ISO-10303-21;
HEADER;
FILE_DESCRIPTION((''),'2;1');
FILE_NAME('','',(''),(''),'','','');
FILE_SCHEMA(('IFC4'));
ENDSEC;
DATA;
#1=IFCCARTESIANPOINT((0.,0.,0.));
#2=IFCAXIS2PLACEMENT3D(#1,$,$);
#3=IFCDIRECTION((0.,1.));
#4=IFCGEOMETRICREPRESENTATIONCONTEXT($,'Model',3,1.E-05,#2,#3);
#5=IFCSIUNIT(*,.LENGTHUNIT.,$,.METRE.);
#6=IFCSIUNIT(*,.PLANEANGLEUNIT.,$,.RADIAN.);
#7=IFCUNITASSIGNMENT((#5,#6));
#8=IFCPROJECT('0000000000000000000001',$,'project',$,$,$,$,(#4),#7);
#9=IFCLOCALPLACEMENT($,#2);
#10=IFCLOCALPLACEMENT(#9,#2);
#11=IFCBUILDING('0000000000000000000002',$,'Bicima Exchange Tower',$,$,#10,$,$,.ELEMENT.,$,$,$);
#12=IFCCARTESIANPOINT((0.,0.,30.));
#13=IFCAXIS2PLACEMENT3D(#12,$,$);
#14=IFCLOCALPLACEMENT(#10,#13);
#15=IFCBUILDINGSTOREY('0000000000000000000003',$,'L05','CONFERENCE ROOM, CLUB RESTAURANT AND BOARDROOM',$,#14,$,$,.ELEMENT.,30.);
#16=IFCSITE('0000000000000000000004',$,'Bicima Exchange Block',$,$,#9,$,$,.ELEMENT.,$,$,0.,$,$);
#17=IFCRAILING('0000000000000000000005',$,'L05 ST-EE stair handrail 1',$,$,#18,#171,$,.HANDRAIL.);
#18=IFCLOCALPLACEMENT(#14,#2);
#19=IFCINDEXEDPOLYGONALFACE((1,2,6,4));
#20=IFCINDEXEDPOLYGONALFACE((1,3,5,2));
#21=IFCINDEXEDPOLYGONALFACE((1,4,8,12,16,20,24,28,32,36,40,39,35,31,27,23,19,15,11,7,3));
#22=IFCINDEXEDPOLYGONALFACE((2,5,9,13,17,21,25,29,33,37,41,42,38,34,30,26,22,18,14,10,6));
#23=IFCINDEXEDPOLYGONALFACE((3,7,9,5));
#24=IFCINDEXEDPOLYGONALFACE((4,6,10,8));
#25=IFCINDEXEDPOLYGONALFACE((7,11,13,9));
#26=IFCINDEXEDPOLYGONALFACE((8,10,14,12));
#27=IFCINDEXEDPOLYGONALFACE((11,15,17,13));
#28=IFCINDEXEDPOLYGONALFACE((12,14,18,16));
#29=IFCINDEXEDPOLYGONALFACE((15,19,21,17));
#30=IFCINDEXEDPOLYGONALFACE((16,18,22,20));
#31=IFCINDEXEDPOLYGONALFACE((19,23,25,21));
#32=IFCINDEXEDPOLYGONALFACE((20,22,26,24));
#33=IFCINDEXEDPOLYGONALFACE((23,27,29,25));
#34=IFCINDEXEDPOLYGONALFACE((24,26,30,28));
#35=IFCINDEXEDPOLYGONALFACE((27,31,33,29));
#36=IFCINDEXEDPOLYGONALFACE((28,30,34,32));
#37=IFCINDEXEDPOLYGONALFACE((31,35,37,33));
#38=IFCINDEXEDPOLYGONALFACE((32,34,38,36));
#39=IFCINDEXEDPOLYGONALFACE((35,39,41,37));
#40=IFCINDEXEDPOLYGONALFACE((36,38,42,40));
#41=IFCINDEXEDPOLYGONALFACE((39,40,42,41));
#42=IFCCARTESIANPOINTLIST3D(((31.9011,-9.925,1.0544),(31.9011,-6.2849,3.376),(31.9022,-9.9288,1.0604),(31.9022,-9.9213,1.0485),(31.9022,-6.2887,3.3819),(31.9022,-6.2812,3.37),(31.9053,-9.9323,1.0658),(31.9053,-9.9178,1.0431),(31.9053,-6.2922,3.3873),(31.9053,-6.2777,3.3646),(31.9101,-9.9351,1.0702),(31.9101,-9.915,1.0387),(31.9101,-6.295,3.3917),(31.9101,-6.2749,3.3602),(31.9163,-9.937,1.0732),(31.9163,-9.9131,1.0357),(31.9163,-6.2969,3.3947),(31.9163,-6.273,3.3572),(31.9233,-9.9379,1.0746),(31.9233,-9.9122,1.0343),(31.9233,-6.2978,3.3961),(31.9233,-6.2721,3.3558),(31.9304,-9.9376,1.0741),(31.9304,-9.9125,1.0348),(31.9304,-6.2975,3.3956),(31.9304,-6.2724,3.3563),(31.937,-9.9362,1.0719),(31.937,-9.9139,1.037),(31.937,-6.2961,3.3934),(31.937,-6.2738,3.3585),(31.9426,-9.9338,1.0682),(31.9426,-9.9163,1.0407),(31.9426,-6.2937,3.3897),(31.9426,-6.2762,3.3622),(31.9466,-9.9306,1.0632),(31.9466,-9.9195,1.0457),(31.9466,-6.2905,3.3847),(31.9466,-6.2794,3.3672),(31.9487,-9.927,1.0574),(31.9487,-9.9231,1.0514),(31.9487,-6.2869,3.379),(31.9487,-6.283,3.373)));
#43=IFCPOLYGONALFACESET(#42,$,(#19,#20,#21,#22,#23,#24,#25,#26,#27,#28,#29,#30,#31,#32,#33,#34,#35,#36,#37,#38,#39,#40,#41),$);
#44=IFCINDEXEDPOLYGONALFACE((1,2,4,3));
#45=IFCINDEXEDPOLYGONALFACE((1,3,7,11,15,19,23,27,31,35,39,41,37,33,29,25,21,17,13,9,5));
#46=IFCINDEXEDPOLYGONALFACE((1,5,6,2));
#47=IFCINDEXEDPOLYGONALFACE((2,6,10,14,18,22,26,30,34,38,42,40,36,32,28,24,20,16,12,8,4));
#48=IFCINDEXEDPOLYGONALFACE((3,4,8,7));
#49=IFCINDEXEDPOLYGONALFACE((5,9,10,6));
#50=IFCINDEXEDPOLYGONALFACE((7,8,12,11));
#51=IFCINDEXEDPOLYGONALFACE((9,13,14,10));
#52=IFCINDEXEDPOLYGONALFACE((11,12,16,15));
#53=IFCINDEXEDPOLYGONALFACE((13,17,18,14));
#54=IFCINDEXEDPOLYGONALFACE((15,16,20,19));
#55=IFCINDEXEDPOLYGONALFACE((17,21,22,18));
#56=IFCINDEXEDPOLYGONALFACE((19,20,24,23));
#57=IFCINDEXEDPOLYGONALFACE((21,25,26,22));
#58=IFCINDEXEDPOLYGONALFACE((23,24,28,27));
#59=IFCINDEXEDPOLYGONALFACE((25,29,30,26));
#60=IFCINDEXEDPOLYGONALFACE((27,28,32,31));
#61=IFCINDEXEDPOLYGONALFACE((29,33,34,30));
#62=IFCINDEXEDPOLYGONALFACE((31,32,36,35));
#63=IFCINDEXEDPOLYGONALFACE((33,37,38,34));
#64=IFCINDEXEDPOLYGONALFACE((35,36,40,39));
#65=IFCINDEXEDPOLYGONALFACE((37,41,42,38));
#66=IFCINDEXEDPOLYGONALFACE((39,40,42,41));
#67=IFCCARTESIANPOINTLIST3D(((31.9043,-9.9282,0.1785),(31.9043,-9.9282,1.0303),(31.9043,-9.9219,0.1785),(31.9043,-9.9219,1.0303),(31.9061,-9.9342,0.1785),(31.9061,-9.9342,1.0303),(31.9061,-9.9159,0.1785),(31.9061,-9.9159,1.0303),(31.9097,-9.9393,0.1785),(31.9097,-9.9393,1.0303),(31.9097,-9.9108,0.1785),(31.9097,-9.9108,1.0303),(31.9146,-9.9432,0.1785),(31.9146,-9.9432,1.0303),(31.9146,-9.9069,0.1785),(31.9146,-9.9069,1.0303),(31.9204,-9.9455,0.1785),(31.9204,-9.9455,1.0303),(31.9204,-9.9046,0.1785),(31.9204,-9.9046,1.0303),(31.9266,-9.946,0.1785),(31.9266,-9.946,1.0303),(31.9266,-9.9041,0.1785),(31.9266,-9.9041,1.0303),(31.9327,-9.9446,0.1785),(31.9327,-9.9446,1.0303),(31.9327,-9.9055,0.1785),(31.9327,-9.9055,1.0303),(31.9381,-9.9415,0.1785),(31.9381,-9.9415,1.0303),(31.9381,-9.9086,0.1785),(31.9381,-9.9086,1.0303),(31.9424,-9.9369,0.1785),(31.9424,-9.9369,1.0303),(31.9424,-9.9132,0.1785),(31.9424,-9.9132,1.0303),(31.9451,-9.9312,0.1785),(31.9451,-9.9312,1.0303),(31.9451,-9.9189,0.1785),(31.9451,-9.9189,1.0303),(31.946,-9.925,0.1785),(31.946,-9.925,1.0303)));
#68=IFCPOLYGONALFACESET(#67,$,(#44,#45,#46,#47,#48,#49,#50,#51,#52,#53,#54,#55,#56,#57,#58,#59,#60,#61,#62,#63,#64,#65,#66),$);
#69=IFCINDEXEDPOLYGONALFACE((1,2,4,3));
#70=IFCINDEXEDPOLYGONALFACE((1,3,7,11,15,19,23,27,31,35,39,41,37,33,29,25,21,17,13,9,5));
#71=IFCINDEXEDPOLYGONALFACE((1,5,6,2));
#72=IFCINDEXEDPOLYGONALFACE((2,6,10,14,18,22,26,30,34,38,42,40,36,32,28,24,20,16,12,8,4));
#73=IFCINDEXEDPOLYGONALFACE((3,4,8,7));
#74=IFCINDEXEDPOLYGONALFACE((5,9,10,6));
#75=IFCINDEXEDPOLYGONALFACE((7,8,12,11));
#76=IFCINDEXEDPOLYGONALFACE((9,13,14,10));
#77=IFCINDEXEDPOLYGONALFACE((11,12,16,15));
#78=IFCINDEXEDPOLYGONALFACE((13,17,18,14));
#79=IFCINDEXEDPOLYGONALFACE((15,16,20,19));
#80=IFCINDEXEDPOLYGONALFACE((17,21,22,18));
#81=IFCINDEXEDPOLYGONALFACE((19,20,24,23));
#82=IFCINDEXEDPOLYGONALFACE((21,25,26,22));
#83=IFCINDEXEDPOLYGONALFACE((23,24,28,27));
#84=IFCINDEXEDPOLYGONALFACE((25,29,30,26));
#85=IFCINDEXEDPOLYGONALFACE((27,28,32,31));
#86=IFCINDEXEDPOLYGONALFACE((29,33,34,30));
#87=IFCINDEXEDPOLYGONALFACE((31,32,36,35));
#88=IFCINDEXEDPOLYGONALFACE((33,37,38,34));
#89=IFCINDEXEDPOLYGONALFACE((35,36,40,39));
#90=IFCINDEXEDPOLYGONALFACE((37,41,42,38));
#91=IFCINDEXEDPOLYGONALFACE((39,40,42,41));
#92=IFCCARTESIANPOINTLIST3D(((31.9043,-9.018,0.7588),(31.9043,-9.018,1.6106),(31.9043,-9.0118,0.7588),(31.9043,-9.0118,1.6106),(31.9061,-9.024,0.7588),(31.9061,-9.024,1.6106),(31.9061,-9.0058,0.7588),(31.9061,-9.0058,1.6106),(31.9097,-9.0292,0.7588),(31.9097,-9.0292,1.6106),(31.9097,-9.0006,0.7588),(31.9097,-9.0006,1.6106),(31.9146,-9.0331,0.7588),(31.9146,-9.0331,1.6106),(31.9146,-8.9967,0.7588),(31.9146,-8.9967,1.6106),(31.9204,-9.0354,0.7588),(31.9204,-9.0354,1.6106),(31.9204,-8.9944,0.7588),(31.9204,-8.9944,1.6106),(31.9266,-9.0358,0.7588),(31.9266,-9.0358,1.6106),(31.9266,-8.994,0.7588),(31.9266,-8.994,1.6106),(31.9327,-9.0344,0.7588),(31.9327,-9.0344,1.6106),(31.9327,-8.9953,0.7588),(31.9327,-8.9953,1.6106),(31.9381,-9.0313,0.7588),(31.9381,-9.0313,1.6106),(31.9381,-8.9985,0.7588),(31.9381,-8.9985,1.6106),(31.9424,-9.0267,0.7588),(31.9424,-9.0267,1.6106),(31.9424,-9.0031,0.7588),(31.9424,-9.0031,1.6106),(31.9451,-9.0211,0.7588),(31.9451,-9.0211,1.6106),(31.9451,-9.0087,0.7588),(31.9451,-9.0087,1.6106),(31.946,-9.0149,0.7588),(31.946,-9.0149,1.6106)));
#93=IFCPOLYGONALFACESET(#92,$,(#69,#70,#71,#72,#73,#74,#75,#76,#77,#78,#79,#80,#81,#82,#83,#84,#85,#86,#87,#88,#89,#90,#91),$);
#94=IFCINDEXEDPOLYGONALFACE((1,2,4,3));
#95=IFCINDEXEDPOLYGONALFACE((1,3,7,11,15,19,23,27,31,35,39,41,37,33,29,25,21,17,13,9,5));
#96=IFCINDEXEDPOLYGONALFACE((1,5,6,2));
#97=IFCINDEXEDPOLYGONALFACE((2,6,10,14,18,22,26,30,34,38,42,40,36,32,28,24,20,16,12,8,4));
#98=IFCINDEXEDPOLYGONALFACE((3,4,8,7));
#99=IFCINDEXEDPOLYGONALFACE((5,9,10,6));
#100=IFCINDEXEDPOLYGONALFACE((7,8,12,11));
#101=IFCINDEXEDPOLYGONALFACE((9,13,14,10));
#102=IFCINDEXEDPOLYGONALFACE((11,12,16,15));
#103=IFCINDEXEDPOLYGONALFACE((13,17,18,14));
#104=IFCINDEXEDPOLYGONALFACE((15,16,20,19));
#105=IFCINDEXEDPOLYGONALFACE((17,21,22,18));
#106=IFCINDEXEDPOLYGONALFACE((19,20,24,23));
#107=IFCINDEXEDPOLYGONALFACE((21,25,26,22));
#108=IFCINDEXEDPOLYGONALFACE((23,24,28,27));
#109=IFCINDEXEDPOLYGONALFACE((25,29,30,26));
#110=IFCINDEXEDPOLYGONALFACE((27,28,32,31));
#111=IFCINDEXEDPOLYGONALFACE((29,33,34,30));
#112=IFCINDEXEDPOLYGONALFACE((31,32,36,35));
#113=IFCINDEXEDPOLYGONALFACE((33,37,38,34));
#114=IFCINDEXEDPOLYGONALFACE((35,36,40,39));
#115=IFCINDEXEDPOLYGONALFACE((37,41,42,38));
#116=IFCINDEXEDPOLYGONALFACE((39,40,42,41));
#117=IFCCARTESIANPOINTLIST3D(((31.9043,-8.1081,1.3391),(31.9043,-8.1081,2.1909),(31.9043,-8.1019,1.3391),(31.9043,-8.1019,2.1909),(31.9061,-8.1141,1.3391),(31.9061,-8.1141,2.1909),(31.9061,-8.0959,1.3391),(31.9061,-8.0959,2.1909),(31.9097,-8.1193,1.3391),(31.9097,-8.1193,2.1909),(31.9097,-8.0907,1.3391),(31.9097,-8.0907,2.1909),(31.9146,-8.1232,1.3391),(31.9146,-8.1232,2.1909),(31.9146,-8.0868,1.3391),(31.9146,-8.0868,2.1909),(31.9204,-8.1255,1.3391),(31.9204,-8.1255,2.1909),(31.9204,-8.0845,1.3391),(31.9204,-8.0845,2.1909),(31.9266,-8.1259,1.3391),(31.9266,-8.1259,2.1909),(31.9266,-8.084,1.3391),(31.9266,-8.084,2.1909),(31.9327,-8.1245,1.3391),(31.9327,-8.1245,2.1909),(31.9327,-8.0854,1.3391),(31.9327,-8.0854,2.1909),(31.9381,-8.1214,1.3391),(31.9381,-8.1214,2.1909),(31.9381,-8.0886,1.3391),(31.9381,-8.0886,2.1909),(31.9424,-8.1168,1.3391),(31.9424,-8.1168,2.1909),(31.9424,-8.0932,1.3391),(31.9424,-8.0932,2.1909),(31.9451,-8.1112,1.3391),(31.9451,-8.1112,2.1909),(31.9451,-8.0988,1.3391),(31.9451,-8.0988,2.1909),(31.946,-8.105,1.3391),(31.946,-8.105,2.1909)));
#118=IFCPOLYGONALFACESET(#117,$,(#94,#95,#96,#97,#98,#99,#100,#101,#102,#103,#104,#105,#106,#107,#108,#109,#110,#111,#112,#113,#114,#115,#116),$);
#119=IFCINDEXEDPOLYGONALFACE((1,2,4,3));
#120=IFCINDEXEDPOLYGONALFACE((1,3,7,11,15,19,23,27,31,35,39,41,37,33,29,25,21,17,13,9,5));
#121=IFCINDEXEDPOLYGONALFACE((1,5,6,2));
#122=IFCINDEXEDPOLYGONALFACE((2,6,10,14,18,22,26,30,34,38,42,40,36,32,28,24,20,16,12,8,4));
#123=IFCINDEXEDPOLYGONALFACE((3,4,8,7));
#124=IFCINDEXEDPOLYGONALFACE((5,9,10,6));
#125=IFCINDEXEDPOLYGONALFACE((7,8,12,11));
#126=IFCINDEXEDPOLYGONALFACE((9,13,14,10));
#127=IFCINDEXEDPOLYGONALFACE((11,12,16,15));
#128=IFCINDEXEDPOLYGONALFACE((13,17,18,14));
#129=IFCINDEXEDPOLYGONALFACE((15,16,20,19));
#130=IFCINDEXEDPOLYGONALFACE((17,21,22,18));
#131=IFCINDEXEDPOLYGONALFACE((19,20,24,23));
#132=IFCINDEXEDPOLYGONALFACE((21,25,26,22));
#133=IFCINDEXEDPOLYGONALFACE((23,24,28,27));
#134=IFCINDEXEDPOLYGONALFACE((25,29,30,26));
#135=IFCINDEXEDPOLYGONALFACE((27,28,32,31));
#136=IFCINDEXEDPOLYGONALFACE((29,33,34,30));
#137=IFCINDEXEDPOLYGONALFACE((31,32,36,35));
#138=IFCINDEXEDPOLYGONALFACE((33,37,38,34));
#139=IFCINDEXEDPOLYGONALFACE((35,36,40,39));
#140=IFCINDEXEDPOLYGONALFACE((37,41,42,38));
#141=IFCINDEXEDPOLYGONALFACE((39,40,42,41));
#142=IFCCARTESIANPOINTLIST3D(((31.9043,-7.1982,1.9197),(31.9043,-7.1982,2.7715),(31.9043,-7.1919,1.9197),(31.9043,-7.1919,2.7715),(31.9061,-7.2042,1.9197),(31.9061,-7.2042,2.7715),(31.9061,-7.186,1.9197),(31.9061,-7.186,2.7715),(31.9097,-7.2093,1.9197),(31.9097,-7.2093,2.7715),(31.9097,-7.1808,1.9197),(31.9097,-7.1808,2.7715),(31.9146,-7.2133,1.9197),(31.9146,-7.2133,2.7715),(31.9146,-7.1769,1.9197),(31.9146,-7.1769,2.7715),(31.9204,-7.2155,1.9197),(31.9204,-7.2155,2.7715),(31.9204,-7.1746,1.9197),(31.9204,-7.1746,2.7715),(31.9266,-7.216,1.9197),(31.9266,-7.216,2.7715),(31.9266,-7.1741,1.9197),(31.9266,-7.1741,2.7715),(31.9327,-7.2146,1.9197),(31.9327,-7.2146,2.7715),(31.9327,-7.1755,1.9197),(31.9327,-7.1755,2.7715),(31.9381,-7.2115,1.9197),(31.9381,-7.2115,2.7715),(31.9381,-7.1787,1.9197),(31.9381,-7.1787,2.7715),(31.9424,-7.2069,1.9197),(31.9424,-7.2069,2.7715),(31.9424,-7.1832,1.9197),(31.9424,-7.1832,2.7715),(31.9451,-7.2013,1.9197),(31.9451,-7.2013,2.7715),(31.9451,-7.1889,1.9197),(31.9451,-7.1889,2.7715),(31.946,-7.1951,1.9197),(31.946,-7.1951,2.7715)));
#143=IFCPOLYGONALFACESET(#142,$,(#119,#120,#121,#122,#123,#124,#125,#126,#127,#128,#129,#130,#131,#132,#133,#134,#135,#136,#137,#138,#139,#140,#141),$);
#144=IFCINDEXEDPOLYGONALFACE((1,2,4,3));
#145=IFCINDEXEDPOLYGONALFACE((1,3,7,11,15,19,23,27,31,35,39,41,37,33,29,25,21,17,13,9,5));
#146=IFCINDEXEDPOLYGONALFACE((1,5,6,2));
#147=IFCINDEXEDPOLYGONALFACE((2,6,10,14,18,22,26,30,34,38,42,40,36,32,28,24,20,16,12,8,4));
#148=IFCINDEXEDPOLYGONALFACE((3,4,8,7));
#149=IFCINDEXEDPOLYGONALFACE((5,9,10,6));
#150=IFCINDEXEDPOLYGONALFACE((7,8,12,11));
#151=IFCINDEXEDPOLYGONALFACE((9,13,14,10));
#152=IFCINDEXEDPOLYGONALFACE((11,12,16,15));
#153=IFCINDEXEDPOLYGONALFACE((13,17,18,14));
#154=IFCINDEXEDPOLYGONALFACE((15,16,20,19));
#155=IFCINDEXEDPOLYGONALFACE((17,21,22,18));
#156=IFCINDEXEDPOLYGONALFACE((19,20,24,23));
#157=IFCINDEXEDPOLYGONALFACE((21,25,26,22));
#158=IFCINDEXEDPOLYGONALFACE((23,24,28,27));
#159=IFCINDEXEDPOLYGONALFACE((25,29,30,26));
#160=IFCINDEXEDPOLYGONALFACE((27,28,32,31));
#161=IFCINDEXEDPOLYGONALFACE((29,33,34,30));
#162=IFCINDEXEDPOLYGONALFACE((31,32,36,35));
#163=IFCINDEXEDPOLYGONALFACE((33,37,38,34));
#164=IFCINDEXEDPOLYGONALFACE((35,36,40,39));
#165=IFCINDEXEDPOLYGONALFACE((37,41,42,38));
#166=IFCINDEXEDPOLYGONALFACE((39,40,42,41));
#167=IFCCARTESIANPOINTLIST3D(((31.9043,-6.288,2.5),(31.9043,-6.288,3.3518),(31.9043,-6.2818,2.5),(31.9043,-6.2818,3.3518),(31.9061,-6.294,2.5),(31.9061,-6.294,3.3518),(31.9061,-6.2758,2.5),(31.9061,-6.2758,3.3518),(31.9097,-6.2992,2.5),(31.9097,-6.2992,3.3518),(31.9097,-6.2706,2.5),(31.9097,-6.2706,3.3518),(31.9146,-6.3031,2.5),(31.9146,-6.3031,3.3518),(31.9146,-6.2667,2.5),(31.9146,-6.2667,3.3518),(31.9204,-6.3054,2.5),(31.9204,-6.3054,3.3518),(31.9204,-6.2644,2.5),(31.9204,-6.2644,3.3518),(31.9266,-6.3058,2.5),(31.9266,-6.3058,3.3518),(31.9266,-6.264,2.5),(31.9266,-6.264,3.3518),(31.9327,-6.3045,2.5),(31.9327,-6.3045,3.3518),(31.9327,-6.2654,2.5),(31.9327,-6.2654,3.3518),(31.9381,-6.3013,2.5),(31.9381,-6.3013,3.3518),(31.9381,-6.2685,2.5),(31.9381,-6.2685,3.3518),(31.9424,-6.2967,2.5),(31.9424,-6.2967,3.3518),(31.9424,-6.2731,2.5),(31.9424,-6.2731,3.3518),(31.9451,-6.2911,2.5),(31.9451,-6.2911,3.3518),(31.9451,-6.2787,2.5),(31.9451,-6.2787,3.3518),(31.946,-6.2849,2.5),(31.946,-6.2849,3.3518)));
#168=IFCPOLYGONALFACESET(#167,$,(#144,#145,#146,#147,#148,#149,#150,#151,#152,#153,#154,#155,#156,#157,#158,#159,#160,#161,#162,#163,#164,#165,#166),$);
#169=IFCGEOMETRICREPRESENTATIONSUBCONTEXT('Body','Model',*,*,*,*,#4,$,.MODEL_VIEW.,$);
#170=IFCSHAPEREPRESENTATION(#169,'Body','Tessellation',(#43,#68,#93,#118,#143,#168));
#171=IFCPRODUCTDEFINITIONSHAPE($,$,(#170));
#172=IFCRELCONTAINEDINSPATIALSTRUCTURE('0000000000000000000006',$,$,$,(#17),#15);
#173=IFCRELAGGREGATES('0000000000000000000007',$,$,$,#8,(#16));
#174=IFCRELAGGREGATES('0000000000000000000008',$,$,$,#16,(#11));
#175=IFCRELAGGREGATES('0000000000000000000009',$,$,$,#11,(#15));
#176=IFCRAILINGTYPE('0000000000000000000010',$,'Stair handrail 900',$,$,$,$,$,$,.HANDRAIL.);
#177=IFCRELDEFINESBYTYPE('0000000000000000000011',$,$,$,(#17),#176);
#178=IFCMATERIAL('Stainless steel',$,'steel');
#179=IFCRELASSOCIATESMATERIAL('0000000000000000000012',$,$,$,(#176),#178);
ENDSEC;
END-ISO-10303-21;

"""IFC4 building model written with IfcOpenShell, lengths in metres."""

from ifc_helpers import new_model, si_unit, direction, frame, origin, origin_2d, place, context, subcontext, project, spatial, circle, extrude, material, type_object, element, save


model = new_model("IFC4")

# Units and contexts
model_context = context("Model", 3, precision=1e-05, world=origin(), true_north=direction((0.0, 1.0)))
body_context = subcontext(model_context, "Body", "Model", "MODEL_VIEW")
ifc_project = project(units=[si_unit("LENGTHUNIT", "METRE"), si_unit("PLANEANGLEUNIT", "RADIAN")], contexts=[model_context])

# Site, building, storey
site_placement = place(None, origin())
site = spatial("IfcSite", under=ifc_project, at=site_placement, Name="Bicima Exchange Block", CompositionType="ELEMENT", RefElevation=0.0)
building_placement = place(site_placement, origin())
building = spatial("IfcBuilding", under=site, at=building_placement, Name="Bicima Exchange Tower", CompositionType="ELEMENT")
storey_placement = place(building_placement, frame((0.0, 0.0, 30.0)))
storey = spatial("IfcBuildingStorey", under=building, at=storey_placement, Name="L05", Description="CONFERENCE ROOM, CLUB RESTAURANT AND BOARDROOM", CompositionType="ELEMENT", Elevation=30.0)

# Railing
ifc_material_1 = material(Name="Stainless steel", Category="steel")
railing_type_1 = type_object("IfcRailingType", Name="Stair handrail 900", PredefinedType="HANDRAIL", material=ifc_material_1)
railing_1_placement = place(storey_placement, frame((31.925, -9.925, 0.1785)))
element("IfcRailing", 1, at=railing_1_placement, inside=storey, type_object=railing_type_1, Name="L05 ST-EE stair handrail 1", PredefinedType="HANDRAIL", context=body_context, shape_type="SweptSolid", body=[
    extrude(circle(Radius=0.0239, at=origin_2d()), frame((0.0, 0.0, 0.876), z_axis=(0.0, 0.843128, 0.537713), x_axis=(-1.0, 0.0, 0.0)), (0.0, 0.0, 1.0), 4.3174),
    extrude(circle(Radius=0.021, at=origin_2d()), origin(), (0.0, 0.0, 1.0), 0.8518),
    extrude(circle(Radius=0.021, at=origin_2d()), frame((0.0, 0.9102, 0.5803)), (0.0, 0.0, 1.0), 0.8518),
    extrude(circle(Radius=0.021, at=origin_2d()), frame((0.0, 1.8201, 1.1606)), (0.0, 0.0, 1.0), 0.8518),
    extrude(circle(Radius=0.021, at=origin_2d()), frame((0.0, 2.73, 1.7412)), (0.0, 0.0, 1.0), 0.8518),
    extrude(circle(Radius=0.021, at=origin_2d()), frame((0.0, 3.6401, 2.3215)), (0.0, 0.0, 1.0), 0.8518),
])

save(model, "model.ifc")
